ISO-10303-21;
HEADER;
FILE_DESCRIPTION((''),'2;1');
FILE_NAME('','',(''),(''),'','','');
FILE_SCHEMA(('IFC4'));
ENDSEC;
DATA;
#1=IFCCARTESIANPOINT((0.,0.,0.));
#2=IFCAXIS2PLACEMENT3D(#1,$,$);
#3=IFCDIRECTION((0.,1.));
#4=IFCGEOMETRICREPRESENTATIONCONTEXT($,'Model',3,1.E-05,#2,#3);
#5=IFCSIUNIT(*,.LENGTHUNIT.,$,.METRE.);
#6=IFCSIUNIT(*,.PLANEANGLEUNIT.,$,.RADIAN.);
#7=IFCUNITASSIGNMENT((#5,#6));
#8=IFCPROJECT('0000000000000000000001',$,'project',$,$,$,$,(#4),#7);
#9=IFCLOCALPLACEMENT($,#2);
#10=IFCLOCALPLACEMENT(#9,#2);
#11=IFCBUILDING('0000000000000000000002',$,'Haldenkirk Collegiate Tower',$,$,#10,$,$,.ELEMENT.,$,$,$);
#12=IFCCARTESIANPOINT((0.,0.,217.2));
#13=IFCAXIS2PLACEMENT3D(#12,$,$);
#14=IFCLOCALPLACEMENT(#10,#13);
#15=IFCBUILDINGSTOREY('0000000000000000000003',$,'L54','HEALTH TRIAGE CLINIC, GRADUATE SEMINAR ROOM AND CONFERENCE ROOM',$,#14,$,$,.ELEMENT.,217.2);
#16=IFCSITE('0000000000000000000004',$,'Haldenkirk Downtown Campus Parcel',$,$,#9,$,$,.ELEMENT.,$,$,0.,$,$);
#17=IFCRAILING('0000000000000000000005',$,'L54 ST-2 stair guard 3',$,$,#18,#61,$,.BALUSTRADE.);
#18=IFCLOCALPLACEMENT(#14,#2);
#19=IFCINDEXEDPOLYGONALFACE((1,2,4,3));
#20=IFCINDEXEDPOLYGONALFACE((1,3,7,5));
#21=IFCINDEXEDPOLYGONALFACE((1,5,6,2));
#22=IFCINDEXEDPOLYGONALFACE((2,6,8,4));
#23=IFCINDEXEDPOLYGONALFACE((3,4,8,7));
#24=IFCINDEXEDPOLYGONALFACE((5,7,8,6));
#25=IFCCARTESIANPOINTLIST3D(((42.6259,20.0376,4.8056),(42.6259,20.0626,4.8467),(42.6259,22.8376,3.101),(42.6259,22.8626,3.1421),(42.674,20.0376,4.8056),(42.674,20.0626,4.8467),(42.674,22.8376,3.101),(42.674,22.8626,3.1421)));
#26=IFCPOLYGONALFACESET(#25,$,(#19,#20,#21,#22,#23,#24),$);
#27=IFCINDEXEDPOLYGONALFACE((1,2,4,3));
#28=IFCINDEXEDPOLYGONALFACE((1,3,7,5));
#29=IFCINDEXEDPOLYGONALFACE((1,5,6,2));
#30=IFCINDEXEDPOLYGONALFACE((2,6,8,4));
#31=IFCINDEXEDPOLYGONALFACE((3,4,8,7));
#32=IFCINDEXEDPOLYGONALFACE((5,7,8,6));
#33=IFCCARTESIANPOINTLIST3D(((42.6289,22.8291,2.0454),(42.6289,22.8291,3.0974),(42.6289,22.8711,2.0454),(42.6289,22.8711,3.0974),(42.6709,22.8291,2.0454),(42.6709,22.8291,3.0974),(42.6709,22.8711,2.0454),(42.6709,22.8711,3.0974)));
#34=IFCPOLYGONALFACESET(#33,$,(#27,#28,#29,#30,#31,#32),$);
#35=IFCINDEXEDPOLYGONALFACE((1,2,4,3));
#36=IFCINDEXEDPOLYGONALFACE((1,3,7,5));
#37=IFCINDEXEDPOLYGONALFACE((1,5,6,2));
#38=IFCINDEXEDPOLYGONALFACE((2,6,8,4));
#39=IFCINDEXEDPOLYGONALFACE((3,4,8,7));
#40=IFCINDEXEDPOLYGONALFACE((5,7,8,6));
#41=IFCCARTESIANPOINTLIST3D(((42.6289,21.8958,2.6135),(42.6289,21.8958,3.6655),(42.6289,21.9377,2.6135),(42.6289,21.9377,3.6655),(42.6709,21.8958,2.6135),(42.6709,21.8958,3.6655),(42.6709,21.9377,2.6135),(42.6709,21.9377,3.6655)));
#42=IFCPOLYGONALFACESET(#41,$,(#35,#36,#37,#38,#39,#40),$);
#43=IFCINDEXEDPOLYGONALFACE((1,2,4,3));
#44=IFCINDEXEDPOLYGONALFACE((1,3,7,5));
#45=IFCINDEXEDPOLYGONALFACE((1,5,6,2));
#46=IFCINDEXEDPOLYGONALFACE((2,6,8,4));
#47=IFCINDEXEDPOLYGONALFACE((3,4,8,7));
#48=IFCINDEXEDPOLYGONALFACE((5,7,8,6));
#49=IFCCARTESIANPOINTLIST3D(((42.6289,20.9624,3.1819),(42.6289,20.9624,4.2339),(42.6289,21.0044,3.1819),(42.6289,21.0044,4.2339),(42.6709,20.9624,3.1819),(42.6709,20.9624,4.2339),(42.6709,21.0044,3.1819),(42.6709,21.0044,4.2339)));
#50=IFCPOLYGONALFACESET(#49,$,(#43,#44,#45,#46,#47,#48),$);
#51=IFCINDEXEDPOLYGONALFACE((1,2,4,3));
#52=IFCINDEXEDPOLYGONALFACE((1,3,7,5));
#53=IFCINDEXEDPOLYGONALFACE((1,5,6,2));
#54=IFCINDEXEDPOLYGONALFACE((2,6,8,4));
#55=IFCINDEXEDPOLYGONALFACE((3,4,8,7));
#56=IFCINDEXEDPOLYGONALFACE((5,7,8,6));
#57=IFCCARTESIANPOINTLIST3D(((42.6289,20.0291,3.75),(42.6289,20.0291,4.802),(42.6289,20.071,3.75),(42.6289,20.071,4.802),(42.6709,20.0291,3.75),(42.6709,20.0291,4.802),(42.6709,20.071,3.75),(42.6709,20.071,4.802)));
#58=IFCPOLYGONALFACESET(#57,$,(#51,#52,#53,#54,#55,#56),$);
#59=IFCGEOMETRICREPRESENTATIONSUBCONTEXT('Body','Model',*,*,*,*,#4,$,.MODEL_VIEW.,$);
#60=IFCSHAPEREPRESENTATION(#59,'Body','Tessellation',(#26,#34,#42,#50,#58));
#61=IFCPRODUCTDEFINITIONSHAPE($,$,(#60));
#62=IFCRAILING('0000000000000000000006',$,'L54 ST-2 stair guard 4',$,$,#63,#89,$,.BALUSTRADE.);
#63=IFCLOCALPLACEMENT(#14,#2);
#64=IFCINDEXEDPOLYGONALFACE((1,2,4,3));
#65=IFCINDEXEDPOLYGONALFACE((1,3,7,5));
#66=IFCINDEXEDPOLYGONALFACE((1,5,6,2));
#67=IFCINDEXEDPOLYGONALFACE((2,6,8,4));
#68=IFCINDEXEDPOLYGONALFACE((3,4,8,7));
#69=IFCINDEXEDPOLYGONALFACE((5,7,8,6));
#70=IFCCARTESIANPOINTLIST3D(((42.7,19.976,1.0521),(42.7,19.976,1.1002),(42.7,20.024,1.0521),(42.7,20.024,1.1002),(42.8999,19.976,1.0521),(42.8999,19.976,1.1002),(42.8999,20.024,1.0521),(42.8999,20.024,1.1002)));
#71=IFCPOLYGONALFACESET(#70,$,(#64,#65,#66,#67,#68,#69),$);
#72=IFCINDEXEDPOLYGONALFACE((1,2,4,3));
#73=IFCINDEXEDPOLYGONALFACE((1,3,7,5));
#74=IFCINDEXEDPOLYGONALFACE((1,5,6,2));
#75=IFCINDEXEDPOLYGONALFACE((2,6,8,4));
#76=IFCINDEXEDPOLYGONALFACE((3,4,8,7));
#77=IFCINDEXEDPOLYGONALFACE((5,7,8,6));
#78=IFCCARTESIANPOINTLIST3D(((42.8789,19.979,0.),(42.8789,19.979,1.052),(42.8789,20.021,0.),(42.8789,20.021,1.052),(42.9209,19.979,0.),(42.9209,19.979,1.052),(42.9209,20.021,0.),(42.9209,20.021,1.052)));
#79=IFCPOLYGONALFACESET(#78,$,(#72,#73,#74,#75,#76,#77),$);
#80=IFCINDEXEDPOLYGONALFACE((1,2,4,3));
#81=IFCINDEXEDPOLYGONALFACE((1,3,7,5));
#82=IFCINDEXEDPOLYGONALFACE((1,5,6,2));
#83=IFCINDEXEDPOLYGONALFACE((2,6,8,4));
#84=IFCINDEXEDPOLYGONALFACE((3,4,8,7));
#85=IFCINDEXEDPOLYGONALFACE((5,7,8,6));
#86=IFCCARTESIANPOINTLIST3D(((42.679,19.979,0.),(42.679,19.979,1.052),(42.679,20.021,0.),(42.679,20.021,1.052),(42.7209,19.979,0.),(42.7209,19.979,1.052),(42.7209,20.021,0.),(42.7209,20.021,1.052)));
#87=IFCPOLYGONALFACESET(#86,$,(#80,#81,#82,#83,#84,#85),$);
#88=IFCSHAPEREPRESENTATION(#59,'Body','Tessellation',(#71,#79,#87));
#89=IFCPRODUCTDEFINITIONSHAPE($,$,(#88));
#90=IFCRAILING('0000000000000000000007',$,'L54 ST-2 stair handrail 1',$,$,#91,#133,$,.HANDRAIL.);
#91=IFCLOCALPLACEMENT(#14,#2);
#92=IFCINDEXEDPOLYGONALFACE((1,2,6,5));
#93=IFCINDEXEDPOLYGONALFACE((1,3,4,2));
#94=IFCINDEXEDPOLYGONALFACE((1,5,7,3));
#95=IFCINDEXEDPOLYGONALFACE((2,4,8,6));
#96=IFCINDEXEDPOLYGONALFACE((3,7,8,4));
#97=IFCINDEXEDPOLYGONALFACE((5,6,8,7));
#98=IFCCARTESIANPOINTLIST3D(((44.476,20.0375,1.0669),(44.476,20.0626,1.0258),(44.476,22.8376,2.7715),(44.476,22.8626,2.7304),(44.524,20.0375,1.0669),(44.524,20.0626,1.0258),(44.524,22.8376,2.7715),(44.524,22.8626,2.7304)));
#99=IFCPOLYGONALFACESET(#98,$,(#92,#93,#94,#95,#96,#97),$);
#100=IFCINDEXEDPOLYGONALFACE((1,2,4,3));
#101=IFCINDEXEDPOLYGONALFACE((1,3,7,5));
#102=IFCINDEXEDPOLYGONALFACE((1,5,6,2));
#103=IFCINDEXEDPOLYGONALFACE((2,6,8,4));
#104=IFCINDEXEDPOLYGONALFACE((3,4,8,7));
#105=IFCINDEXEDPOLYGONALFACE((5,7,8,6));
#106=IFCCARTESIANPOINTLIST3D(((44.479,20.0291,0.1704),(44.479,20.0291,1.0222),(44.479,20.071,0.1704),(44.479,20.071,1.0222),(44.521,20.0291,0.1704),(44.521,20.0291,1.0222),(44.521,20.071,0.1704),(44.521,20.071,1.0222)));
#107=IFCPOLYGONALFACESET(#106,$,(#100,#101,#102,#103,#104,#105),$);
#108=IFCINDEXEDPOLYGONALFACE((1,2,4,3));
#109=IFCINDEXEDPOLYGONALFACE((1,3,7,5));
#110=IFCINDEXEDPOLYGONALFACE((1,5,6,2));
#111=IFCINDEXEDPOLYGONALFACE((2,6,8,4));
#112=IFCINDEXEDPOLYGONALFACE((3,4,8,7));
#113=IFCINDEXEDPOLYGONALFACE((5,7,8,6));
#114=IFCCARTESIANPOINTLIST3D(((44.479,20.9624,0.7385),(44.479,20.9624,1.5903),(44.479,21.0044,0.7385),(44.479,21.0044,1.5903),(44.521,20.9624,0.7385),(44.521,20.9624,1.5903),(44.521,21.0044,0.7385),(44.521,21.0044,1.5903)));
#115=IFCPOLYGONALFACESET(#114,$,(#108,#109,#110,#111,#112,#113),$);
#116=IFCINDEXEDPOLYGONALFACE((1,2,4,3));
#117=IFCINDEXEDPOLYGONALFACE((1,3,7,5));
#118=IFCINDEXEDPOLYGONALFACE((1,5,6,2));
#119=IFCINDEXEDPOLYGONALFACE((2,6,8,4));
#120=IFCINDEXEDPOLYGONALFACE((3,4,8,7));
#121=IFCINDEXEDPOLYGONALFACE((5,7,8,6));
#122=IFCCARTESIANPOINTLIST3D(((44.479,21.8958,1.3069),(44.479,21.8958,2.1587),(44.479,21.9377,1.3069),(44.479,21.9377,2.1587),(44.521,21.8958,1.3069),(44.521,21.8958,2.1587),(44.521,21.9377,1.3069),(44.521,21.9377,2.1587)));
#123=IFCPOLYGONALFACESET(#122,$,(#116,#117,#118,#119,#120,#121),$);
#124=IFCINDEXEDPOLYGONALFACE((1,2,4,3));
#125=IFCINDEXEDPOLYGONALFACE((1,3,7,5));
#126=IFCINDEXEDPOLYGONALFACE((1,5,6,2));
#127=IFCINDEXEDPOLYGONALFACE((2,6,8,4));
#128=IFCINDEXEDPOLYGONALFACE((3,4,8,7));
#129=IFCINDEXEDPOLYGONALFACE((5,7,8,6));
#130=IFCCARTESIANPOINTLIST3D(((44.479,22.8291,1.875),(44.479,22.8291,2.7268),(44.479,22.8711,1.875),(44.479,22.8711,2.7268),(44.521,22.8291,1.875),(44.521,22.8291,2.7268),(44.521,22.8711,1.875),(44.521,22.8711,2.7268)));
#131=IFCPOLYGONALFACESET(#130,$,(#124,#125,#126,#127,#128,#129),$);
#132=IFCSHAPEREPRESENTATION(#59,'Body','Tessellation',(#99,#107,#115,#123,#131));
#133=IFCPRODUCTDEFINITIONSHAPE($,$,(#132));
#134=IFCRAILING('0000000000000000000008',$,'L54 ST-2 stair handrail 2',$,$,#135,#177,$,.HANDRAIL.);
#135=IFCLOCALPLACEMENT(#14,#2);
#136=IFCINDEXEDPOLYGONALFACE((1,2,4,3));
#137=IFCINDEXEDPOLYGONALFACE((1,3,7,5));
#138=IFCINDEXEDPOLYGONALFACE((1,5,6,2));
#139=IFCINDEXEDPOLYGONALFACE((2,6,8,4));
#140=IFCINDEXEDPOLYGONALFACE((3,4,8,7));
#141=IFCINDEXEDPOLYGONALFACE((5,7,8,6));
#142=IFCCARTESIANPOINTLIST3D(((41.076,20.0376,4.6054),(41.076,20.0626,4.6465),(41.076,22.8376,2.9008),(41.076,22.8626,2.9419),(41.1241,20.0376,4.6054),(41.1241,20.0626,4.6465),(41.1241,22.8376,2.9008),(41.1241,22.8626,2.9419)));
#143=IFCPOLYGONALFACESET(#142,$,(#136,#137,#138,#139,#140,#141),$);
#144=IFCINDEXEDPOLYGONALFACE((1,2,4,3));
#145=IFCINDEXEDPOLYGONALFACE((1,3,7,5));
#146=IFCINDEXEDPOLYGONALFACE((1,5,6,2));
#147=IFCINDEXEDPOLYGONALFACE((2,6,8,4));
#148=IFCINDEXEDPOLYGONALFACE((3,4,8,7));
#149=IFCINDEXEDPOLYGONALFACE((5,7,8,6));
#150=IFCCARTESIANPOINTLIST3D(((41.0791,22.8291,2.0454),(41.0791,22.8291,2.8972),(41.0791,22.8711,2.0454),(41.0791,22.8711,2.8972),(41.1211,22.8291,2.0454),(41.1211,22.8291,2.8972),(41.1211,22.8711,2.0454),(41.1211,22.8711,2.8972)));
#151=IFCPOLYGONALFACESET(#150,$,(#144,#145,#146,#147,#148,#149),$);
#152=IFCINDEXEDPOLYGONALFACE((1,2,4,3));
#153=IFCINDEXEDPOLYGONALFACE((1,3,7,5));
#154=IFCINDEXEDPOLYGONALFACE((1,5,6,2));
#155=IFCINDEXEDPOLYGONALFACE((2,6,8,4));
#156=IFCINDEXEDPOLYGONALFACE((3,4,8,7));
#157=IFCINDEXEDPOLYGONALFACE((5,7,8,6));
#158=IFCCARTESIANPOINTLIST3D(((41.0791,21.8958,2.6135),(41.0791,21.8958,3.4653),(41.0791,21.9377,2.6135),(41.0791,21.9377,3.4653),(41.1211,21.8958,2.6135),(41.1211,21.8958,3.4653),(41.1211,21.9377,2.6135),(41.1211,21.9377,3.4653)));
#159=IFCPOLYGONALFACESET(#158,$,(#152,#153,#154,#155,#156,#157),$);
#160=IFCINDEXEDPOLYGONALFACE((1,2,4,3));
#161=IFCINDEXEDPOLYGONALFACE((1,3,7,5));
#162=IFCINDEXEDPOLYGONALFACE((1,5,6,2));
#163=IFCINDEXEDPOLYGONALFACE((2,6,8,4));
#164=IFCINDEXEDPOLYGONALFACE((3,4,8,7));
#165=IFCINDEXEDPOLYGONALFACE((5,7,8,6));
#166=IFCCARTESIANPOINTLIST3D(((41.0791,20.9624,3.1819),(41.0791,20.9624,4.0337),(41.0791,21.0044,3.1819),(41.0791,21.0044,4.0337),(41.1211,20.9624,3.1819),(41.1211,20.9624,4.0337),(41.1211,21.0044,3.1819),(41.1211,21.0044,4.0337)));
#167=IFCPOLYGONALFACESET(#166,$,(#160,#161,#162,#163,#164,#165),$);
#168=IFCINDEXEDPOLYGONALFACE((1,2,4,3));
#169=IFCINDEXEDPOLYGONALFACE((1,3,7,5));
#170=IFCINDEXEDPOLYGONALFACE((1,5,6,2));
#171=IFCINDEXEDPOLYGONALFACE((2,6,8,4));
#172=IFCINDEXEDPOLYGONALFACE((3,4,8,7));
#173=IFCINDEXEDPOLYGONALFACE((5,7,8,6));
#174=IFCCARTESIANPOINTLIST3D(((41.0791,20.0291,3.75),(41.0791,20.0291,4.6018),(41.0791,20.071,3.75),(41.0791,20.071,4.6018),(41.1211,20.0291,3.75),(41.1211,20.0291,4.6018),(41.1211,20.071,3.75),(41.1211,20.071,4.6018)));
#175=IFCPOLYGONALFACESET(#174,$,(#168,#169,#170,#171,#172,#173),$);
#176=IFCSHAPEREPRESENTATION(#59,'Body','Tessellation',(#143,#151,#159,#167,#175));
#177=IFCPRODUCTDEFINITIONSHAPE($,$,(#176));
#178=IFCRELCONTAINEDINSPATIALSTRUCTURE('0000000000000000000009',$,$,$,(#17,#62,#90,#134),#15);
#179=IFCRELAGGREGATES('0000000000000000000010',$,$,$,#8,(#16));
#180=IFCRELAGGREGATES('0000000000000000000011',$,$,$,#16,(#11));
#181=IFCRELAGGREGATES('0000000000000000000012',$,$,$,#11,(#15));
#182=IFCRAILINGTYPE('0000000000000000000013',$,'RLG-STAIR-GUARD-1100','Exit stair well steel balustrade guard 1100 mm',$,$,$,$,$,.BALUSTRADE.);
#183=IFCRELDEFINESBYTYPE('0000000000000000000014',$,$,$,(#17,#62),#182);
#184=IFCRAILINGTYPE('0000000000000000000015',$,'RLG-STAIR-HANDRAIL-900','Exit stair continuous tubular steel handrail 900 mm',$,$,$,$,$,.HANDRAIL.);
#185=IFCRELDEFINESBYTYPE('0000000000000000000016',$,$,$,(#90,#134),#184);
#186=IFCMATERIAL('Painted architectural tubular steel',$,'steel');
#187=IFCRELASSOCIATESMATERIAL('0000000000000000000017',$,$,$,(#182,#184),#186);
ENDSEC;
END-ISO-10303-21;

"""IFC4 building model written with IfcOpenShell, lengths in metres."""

from ifc_helpers import new_model, si_unit, direction, frame, origin, origin_2d, place, context, subcontext, project, spatial, rectangle, extrude, material, type_object, element, save


model = new_model("IFC4")

# Units and contexts
model_context = context("Model", 3, precision=1e-05, world=origin(), true_north=direction((0.0, 1.0)))
body_context = subcontext(model_context, "Body", "Model", "MODEL_VIEW")
ifc_project = project(units=[si_unit("LENGTHUNIT", "METRE"), si_unit("PLANEANGLEUNIT", "RADIAN")], contexts=[model_context])

# Site, building, storey
site_placement = place(None, origin())
site = spatial("IfcSite", under=ifc_project, at=site_placement, Name="Haldenkirk Downtown Campus Parcel", CompositionType="ELEMENT", RefElevation=0.0)
building_placement = place(site_placement, origin())
building = spatial("IfcBuilding", under=site, at=building_placement, Name="Haldenkirk Collegiate Tower", CompositionType="ELEMENT")
storey_placement = place(building_placement, frame((0.0, 0.0, 217.2)))
storey = spatial("IfcBuildingStorey", under=building, at=storey_placement, Name="L54", Description="HEALTH TRIAGE CLINIC, GRADUATE SEMINAR ROOM AND CONFERENCE ROOM", CompositionType="ELEMENT", Elevation=217.2)

# Railings
ifc_material_1 = material(Name="Painted architectural tubular steel", Category="steel")
railing_type_1 = type_object("IfcRailingType", Name="RLG-STAIR-GUARD-1100", Description="Exit stair well steel balustrade guard 1100 mm", PredefinedType="BALUSTRADE", material=ifc_material_1)
railing_1_placement = place(storey_placement, frame((42.6499, 22.8501, 2.0454)))
element("IfcRailing", 1, at=railing_1_placement, inside=storey, type_object=railing_type_1, Name="L54 ST-2 stair guard 3", PredefinedType="BALUSTRADE", context=body_context, shape_type="SweptSolid", body=[
    extrude(rectangle(XDim=0.0481, YDim=0.0481, at=origin_2d()), frame((0.0, 0.0, 1.0762), z_axis=(0.0, -0.85417, 0.519994), x_axis=(1.0, 0.0, 0.0)), (0.0, 0.0, 1.0), 3.2781),
    extrude(rectangle(XDim=0.042, YDim=0.042, at=origin_2d()), origin(), (0.0, 0.0, 1.0), 1.052),
    extrude(rectangle(XDim=0.042, YDim=0.042, at=origin_2d()), frame((0.0, -0.9333, 0.5681)), (0.0, 0.0, 1.0), 1.052),
    extrude(rectangle(XDim=0.042, YDim=0.042, at=origin_2d()), frame((0.0, -1.8667, 1.1365)), (0.0, 0.0, 1.0), 1.052),
    extrude(rectangle(XDim=0.042, YDim=0.042, at=origin_2d()), frame((0.0, -2.8, 1.7046)), (0.0, 0.0, 1.0), 1.052),
])
railing_2_placement = place(storey_placement, frame((42.8999, 20.0, 0.0)))
element("IfcRailing", 2, at=railing_2_placement, inside=storey, type_object=railing_type_1, Name="L54 ST-2 stair guard 4", PredefinedType="BALUSTRADE", context=body_context, shape_type="SweptSolid", body=[
    extrude(rectangle(XDim=0.0481, YDim=0.0481, at=origin_2d()), frame((0.0, 0.0, 1.0762), z_axis=(-1.0, 0.0, 0.0), x_axis=(0.0, -1.0, 0.0)), (0.0, 0.0, 1.0), 0.2),
    extrude(rectangle(XDim=0.042, YDim=0.042, at=origin_2d()), origin(), (0.0, 0.0, 1.0), 1.052),
    extrude(rectangle(XDim=0.042, YDim=0.042, at=origin_2d()), frame((-0.2, 0.0, 0.0)), (0.0, 0.0, 1.0), 1.052),
])
railing_type_2 = type_object("IfcRailingType", Name="RLG-STAIR-HANDRAIL-900", Description="Exit stair continuous tubular steel handrail 900 mm", PredefinedType="HANDRAIL", material=ifc_material_1)
railing_3_placement = place(storey_placement, frame((44.5, 20.05, 0.1704)))
element("IfcRailing", 3, at=railing_3_placement, inside=storey, type_object=railing_type_2, Name="L54 ST-2 stair handrail 1", PredefinedType="HANDRAIL", context=body_context, shape_type="SweptSolid", body=[
    extrude(rectangle(XDim=0.0481, YDim=0.0481, at=origin_2d()), frame((0.0, 0.0, 0.876), z_axis=(0.0, 0.85417, 0.519994), x_axis=(-1.0, 0.0, 0.0)), (0.0, 0.0, 1.0), 3.2781),
    extrude(rectangle(XDim=0.042, YDim=0.042, at=origin_2d()), origin(), (0.0, 0.0, 1.0), 0.8518),
    extrude(rectangle(XDim=0.042, YDim=0.042, at=origin_2d()), frame((0.0, 0.9333, 0.5681)), (0.0, 0.0, 1.0), 0.8518),
    extrude(rectangle(XDim=0.042, YDim=0.042, at=origin_2d()), frame((0.0, 1.8667, 1.1365)), (0.0, 0.0, 1.0), 0.8518),
    extrude(rectangle(XDim=0.042, YDim=0.042, at=origin_2d()), frame((0.0, 2.8, 1.7046)), (0.0, 0.0, 1.0), 0.8518),
])
railing_4_placement = place(storey_placement, frame((41.1001, 22.8501, 2.0454)))
element("IfcRailing", 4, at=railing_4_placement, inside=storey, type_object=railing_type_2, Name="L54 ST-2 stair handrail 2", PredefinedType="HANDRAIL", context=body_context, shape_type="SweptSolid", body=[
    extrude(rectangle(XDim=0.0481, YDim=0.0481, at=origin_2d()), frame((0.0, 0.0, 0.876), z_axis=(0.0, -0.85417, 0.519994), x_axis=(1.0, 0.0, 0.0)), (0.0, 0.0, 1.0), 3.2781),
    extrude(rectangle(XDim=0.042, YDim=0.042, at=origin_2d()), origin(), (0.0, 0.0, 1.0), 0.8518),
    extrude(rectangle(XDim=0.042, YDim=0.042, at=origin_2d()), frame((0.0, -0.9333, 0.5681)), (0.0, 0.0, 1.0), 0.8518),
    extrude(rectangle(XDim=0.042, YDim=0.042, at=origin_2d()), frame((0.0, -1.8667, 1.1365)), (0.0, 0.0, 1.0), 0.8518),
    extrude(rectangle(XDim=0.042, YDim=0.042, at=origin_2d()), frame((0.0, -2.8, 1.7046)), (0.0, 0.0, 1.0), 0.8518),
])

save(model, "model.ifc")
